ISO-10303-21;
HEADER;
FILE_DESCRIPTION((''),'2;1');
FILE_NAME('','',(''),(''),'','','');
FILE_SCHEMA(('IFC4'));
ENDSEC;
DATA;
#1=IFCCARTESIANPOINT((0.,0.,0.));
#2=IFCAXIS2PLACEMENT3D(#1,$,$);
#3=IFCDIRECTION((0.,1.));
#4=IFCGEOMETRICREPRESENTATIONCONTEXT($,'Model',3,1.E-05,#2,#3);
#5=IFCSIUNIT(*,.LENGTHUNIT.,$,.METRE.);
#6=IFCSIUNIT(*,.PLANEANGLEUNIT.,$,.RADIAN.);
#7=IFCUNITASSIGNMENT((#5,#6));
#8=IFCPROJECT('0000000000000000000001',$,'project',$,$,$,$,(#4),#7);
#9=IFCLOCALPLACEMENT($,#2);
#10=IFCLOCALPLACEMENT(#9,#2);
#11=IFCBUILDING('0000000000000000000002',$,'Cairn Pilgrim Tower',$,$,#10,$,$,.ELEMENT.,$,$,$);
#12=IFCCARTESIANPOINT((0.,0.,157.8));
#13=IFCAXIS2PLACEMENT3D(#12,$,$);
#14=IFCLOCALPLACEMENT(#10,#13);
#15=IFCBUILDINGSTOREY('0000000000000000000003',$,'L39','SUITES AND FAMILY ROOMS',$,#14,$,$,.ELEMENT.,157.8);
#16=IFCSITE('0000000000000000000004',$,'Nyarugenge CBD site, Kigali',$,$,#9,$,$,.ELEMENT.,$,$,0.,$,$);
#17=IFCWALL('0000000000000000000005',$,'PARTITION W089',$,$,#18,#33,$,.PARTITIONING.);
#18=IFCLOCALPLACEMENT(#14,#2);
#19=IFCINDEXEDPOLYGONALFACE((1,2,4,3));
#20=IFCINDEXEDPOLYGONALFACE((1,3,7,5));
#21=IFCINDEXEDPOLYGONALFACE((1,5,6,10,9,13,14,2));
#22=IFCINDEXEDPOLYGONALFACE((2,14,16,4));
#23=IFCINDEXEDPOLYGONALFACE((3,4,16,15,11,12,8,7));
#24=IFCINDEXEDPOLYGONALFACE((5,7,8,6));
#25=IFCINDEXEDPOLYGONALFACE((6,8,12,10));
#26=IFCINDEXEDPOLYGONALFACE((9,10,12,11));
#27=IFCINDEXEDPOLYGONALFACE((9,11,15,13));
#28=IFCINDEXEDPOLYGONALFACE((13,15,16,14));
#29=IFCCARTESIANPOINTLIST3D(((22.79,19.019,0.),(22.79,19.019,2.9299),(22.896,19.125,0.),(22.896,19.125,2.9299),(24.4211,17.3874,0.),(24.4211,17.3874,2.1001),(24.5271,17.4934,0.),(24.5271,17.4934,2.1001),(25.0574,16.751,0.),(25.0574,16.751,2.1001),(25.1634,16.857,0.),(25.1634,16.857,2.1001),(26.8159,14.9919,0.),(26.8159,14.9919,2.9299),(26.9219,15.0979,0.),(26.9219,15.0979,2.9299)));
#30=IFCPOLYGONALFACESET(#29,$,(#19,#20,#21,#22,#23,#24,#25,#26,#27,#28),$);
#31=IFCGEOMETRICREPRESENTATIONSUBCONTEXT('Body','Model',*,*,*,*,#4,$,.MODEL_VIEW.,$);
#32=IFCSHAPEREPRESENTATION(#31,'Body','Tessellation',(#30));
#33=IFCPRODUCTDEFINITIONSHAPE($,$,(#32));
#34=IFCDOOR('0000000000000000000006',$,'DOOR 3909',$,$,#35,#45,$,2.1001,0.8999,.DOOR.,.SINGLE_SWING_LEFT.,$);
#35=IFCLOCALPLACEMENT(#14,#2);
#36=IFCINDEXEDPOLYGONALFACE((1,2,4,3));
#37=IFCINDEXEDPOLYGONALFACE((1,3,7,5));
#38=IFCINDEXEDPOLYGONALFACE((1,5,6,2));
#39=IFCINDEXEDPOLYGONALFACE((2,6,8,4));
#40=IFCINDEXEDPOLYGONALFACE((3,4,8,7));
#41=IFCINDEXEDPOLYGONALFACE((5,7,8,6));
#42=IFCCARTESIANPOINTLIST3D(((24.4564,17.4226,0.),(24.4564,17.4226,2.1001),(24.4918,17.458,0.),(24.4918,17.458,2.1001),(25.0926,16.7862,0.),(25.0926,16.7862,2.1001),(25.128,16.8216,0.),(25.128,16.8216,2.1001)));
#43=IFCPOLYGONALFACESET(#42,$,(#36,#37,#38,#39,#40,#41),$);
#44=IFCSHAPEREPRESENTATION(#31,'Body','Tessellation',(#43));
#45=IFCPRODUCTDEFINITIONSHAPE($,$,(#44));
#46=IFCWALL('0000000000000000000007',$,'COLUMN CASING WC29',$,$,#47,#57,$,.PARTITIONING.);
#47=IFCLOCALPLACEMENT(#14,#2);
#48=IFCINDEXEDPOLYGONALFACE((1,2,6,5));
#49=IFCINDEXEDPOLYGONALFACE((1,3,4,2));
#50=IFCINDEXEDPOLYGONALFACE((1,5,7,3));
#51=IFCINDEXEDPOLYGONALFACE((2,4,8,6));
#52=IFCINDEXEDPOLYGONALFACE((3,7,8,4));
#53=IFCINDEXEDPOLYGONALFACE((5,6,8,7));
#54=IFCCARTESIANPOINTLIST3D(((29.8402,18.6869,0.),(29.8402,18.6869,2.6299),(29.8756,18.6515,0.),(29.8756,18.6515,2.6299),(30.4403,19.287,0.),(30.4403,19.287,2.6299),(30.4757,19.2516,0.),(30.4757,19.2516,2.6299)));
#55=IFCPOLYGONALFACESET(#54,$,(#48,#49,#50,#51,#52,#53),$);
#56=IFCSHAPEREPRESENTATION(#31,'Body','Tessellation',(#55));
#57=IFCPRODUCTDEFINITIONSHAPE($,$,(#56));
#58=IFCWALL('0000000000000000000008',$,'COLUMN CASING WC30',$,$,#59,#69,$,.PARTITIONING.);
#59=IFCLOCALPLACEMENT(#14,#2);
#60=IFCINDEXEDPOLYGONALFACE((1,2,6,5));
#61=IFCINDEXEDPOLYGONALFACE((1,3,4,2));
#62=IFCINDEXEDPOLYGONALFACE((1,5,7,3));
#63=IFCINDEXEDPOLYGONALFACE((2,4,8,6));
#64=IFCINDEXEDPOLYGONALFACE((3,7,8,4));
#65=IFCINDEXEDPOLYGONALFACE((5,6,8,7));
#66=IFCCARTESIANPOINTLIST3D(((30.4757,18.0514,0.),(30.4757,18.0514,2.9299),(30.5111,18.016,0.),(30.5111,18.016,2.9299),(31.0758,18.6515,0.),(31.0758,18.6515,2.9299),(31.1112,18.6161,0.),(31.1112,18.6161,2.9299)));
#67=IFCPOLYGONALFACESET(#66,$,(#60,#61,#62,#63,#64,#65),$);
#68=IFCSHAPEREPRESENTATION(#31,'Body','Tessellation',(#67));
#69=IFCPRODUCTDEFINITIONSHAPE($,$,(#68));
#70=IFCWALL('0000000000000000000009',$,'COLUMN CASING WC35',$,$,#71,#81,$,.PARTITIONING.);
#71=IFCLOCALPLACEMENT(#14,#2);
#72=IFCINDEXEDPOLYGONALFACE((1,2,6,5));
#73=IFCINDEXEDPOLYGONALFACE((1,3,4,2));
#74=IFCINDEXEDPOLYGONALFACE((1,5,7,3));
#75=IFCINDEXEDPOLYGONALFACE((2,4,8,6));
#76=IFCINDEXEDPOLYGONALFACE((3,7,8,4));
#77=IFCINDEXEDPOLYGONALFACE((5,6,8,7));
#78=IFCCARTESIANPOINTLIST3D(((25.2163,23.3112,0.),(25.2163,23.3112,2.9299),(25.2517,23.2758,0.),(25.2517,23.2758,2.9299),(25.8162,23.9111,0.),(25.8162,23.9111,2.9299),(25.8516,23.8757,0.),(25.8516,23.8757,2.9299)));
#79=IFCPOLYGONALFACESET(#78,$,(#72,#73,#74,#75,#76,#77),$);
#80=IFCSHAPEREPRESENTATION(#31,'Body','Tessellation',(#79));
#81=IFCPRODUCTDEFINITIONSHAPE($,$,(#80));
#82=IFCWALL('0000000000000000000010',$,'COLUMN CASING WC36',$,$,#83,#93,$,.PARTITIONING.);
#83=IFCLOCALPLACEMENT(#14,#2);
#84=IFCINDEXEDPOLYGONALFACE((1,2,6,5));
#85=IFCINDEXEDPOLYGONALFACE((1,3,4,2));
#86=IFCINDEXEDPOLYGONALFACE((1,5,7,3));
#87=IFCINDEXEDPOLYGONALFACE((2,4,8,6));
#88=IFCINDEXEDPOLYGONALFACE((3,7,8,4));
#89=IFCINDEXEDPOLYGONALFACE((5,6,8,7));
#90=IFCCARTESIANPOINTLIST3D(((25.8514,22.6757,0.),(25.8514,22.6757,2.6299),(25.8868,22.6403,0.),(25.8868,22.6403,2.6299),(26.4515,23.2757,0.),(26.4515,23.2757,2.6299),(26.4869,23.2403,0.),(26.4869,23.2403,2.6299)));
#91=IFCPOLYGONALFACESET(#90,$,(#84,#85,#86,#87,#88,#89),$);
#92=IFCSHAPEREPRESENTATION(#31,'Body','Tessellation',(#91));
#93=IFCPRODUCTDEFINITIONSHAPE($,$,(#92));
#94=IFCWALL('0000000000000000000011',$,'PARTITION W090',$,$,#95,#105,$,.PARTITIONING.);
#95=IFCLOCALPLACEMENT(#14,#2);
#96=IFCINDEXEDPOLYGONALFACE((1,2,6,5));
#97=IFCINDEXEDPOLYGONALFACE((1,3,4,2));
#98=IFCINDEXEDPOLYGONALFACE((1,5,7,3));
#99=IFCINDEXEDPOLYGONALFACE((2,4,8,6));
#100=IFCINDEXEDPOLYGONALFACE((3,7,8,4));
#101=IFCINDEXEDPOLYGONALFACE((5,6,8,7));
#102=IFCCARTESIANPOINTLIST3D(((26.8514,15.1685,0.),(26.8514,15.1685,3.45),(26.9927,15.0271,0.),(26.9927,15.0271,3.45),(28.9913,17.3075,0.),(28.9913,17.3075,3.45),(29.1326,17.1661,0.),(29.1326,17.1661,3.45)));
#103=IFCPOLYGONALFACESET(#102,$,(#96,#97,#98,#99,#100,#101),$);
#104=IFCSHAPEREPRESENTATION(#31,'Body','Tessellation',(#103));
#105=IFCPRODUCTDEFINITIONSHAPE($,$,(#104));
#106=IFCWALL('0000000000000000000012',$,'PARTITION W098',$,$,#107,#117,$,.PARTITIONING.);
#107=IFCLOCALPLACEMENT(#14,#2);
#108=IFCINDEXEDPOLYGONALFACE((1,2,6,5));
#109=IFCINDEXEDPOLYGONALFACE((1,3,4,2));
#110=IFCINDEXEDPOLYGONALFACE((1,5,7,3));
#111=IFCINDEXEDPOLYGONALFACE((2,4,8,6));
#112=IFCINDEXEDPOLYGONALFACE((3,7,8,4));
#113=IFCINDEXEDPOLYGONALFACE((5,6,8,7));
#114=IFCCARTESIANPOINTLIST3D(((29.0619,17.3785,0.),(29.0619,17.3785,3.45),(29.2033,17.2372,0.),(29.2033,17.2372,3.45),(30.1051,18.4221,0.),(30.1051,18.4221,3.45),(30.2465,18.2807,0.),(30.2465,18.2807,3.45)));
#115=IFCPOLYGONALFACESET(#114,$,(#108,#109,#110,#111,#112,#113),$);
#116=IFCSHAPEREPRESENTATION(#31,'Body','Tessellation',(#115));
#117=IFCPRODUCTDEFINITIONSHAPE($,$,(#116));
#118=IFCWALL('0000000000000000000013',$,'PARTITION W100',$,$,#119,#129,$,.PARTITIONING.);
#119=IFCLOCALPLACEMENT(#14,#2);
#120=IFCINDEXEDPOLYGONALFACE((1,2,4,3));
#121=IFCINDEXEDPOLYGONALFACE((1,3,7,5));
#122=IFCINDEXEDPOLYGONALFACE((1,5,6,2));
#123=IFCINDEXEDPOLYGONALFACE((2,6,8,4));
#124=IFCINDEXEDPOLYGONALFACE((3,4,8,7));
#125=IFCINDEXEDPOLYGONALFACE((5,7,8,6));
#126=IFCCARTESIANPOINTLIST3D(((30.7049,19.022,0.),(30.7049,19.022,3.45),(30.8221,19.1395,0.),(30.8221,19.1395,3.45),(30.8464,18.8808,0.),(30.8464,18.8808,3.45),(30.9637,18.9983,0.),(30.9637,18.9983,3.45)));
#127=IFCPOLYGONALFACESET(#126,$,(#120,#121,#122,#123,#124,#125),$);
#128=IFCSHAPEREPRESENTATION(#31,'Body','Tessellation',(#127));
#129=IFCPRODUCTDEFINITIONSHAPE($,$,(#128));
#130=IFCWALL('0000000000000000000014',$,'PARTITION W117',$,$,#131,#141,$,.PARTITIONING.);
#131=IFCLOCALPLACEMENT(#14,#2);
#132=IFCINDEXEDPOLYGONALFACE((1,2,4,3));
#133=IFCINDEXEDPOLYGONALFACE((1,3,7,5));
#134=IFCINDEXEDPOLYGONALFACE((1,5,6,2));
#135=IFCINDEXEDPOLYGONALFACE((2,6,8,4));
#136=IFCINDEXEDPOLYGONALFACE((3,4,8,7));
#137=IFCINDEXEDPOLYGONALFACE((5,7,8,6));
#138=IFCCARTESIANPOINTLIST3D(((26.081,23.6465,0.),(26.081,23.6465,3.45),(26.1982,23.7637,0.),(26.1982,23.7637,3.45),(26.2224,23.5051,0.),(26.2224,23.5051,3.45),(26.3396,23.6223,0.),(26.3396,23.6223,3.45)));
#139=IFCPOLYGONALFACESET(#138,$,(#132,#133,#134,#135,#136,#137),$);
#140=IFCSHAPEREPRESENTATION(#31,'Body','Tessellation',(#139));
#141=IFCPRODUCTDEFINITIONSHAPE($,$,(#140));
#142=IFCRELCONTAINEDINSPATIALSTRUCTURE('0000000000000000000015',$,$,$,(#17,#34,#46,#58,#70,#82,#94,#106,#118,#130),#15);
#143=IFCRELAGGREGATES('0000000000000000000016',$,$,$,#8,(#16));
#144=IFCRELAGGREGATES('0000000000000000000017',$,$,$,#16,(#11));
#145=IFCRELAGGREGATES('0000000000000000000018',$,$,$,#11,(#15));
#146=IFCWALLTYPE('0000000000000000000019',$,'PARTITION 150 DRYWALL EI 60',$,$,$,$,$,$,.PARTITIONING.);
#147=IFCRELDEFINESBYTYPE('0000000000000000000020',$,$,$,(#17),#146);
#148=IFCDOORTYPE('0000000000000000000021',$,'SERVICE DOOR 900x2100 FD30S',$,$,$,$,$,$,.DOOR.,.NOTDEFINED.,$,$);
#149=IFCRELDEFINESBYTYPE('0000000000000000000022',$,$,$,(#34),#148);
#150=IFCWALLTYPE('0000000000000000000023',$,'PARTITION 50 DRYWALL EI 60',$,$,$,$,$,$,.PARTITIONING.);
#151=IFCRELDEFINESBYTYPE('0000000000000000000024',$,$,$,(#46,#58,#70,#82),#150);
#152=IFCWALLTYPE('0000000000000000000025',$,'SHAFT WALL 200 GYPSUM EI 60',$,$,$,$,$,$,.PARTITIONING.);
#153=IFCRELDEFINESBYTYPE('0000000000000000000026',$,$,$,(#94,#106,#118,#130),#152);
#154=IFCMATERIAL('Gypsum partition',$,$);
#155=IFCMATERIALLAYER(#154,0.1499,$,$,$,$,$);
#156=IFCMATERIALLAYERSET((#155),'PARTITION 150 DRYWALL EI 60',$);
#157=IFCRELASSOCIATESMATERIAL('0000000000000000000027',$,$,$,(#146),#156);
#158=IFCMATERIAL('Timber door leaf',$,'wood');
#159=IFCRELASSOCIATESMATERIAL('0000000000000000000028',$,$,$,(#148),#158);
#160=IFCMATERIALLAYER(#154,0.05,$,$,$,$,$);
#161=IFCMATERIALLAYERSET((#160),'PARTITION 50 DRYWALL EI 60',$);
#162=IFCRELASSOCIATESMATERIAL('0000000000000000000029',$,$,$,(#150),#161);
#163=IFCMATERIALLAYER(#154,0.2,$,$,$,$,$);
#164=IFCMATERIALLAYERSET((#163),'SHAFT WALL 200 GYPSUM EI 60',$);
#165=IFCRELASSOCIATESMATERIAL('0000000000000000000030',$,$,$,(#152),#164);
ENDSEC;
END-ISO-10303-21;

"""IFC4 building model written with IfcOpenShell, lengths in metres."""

from ifc_helpers import new_model, si_unit, direction, frame, frame_2d, origin, place, context, subcontext, project, spatial, rectangle, extrude, material, layer, layer_set, type_object, element, fill, save


model = new_model("IFC4")

# Units and contexts
model_context = context("Model", 3, precision=1e-05, world=origin(), true_north=direction((0.0, 1.0)))
body_context = subcontext(model_context, "Body", "Model", "MODEL_VIEW")
ifc_project = project(units=[si_unit("LENGTHUNIT", "METRE"), si_unit("PLANEANGLEUNIT", "RADIAN")], contexts=[model_context])

# Site, building, storey
site_placement = place(None, origin())
site = spatial("IfcSite", under=ifc_project, at=site_placement, Name="Nyarugenge CBD site, Kigali", CompositionType="ELEMENT", RefElevation=0.0)
building_placement = place(site_placement, origin())
building = spatial("IfcBuilding", under=site, at=building_placement, Name="Cairn Pilgrim Tower", CompositionType="ELEMENT")
storey_placement = place(building_placement, frame((0.0, 0.0, 157.8)))
storey = spatial("IfcBuildingStorey", under=building, at=storey_placement, Name="L39", Description="SUITES AND FAMILY ROOMS", CompositionType="ELEMENT", Elevation=157.8)

# Wall, opening, door
ifc_material_1 = material(Name="Gypsum partition")
ifc_material_2 = material(Name="Timber door leaf", Category="wood")
ifc_layer_1 = layer(ifc_material_1, 0.1499)
ifc_layer_set_1 = layer_set([ifc_layer_1], Name="PARTITION 150 DRYWALL EI 60")
wall_type_1 = type_object("IfcWallType", Name="PARTITION 150 DRYWALL EI 60", PredefinedType="PARTITIONING", material=ifc_layer_set_1)
wall_1_placement = place(storey_placement, frame((26.8689, 15.0449, 0.0), z_axis=(0.0, 0.0, 1.0), x_axis=(-0.707, 0.707214, 0.0)))
wall_1 = element("IfcWall", 1, at=wall_1_placement, inside=storey, type_object=wall_type_1, Name="PARTITION W089", PredefinedType="PARTITIONING", context=body_context, shape_type="SweptSolid", body=[
    extrude(rectangle(XDim=5.6943, YDim=0.1499, at=frame_2d((2.8472, 0.0))), origin(), (0.0, 0.0, 1.0), 2.9299),
])
opening_1_placement = place(wall_1_placement, frame((2.4873, 0.0, 0.0)))
opening_1 = element("IfcOpeningElement", 2, at=opening_1_placement, cuts=wall_1, PredefinedType="OPENING", context=body_context, shape_type="SweptSolid", body=[
    extrude(rectangle(XDim=0.8999, YDim=2.1001, at=frame_2d((0.45, 1.05))), frame((0.0, 0.085, 0.0), z_axis=(0.0, -1.0, 0.0), x_axis=(1.0, 0.0, 0.0)), (0.0, 0.0, 1.0), 0.1699),
])
door_type_1 = type_object("IfcDoorType", Name="SERVICE DOOR 900x2100 FD30S", OperationType="NOTDEFINED", PredefinedType="DOOR", material=ifc_material_2)
door_1_placement = place(opening_1_placement, frame((0.8999, 0.0, 0.0), z_axis=(0.0, 0.0, 1.0), x_axis=(-1.0, 0.0, 0.0)))
door_1 = element("IfcDoor", 3, at=door_1_placement, inside=storey, type_object=door_type_1, Name="DOOR 3909", OperationType="SINGLE_SWING_LEFT", OverallHeight=2.1001, OverallWidth=0.8999, PredefinedType="DOOR", context=body_context, shape_type="SweptSolid", body=[
    extrude(rectangle(XDim=0.8999, YDim=2.1001, at=frame_2d((0.45, 1.05))), frame((0.0, 0.0249, 0.0), z_axis=(0.0, -1.0, 0.0), x_axis=(1.0, 0.0, 0.0)), (0.0, 0.0, 1.0), 0.05),
])
fill(opening_1, door_1)

# Walls
ifc_layer_2 = layer(ifc_material_1, 0.05)
ifc_layer_set_2 = layer_set([ifc_layer_2], Name="PARTITION 50 DRYWALL EI 60")
wall_type_2 = type_object("IfcWallType", Name="PARTITION 50 DRYWALL EI 60", PredefinedType="PARTITIONING", material=ifc_layer_set_2)
wall_2_placement = place(storey_placement, frame((29.8579, 18.6692, 0.0), z_axis=(0.0, 0.0, 1.0), x_axis=(0.707107, 0.707107, 0.0)))
element("IfcWall", 4, at=wall_2_placement, inside=storey, type_object=wall_type_2, Name="COLUMN CASING WC29", PredefinedType="PARTITIONING", context=body_context, shape_type="SweptSolid", body=[
    extrude(rectangle(XDim=0.8486, YDim=0.05, at=frame_2d((0.4243, 0.0))), origin(), (0.0, 0.0, 1.0), 2.6299),
])
wall_3_placement = place(storey_placement, frame((30.4934, 18.0337, 0.0), z_axis=(0.0, 0.0, 1.0), x_axis=(0.707107, 0.707107, 0.0)))
element("IfcWall", 5, at=wall_3_placement, inside=storey, type_object=wall_type_2, Name="COLUMN CASING WC30", PredefinedType="PARTITIONING", context=body_context, shape_type="SweptSolid", body=[
    extrude(rectangle(XDim=0.8486, YDim=0.05, at=frame_2d((0.4243, 0.0))), origin(), (0.0, 0.0, 1.0), 2.9299),
])
wall_4_placement = place(storey_placement, frame((25.2339, 23.2935, 0.0), z_axis=(0.0, 0.0, 1.0), x_axis=(0.707107, 0.707107, 0.0)))
element("IfcWall", 6, at=wall_4_placement, inside=storey, type_object=wall_type_2, Name="COLUMN CASING WC35", PredefinedType="PARTITIONING", context=body_context, shape_type="SweptSolid", body=[
    extrude(rectangle(XDim=0.8484, YDim=0.05, at=frame_2d((0.4243, 0.0))), origin(), (0.0, 0.0, 1.0), 2.9299),
])
wall_5_placement = place(storey_placement, frame((25.8691, 22.658, 0.0), z_axis=(0.0, 0.0, 1.0), x_axis=(0.707107, 0.707107, 0.0)))
element("IfcWall", 7, at=wall_5_placement, inside=storey, type_object=wall_type_2, Name="COLUMN CASING WC36", PredefinedType="PARTITIONING", context=body_context, shape_type="SweptSolid", body=[
    extrude(rectangle(XDim=0.8486, YDim=0.05, at=frame_2d((0.4243, 0.0))), origin(), (0.0, 0.0, 1.0), 2.6299),
])
ifc_layer_3 = layer(ifc_material_1, 0.2)
ifc_layer_set_3 = layer_set([ifc_layer_3], Name="SHAFT WALL 200 GYPSUM EI 60")
wall_type_3 = type_object("IfcWallType", Name="SHAFT WALL 200 GYPSUM EI 60", PredefinedType="PARTITIONING", material=ifc_layer_set_3)
wall_6_placement = place(storey_placement, frame((26.9221, 15.0979, 0.0), z_axis=(0.0, 0.0, 1.0), x_axis=(0.707268, 0.706945, 0.0)))
element("IfcWall", 8, at=wall_6_placement, inside=storey, type_object=wall_type_3, Name="PARTITION W090", PredefinedType="PARTITIONING", context=body_context, shape_type="SweptSolid", body=[
    extrude(rectangle(XDim=3.0256, YDim=0.2, at=frame_2d((1.5127, 0.0))), origin(), (0.0, 0.0, 1.0), 3.45),
])
wall_7_placement = place(storey_placement, frame((29.1326, 17.3079, 0.0), z_axis=(0.0, 0.0, 1.0), x_axis=(0.707024, 0.70719, 0.0)))
element("IfcWall", 9, at=wall_7_placement, inside=storey, type_object=wall_type_3, Name="PARTITION W098", PredefinedType="PARTITIONING", context=body_context, shape_type="SweptSolid", body=[
    extrude(rectangle(XDim=1.4756, YDim=0.2, at=frame_2d((0.7378, 0.0))), origin(), (0.0, 0.0, 1.0), 3.45),
])
wall_8_placement = place(storey_placement, frame((30.7756, 18.9514, 0.0), z_axis=(0.0, 0.0, 1.0), x_axis=(0.706371, 0.707842, 0.0)))
element("IfcWall", 10, at=wall_8_placement, inside=storey, type_object=wall_type_3, Name="PARTITION W100", PredefinedType="PARTITIONING", context=body_context, shape_type="SweptSolid", body=[
    extrude(rectangle(XDim=0.166, YDim=0.2, at=frame_2d((0.083, 0.0))), origin(), (0.0, 0.0, 1.0), 3.45),
])
wall_9_placement = place(storey_placement, frame((26.1516, 23.5757, 0.0), z_axis=(0.0, 0.0, 1.0), x_axis=(0.707107, 0.707107, 0.0)))
element("IfcWall", 11, at=wall_9_placement, inside=storey, type_object=wall_type_3, Name="PARTITION W117", PredefinedType="PARTITIONING", context=body_context, shape_type="SweptSolid", body=[
    extrude(rectangle(XDim=0.1658, YDim=0.2, at=frame_2d((0.083, 0.0))), origin(), (0.0, 0.0, 1.0), 3.45),
])

save(model, "model.ifc")
